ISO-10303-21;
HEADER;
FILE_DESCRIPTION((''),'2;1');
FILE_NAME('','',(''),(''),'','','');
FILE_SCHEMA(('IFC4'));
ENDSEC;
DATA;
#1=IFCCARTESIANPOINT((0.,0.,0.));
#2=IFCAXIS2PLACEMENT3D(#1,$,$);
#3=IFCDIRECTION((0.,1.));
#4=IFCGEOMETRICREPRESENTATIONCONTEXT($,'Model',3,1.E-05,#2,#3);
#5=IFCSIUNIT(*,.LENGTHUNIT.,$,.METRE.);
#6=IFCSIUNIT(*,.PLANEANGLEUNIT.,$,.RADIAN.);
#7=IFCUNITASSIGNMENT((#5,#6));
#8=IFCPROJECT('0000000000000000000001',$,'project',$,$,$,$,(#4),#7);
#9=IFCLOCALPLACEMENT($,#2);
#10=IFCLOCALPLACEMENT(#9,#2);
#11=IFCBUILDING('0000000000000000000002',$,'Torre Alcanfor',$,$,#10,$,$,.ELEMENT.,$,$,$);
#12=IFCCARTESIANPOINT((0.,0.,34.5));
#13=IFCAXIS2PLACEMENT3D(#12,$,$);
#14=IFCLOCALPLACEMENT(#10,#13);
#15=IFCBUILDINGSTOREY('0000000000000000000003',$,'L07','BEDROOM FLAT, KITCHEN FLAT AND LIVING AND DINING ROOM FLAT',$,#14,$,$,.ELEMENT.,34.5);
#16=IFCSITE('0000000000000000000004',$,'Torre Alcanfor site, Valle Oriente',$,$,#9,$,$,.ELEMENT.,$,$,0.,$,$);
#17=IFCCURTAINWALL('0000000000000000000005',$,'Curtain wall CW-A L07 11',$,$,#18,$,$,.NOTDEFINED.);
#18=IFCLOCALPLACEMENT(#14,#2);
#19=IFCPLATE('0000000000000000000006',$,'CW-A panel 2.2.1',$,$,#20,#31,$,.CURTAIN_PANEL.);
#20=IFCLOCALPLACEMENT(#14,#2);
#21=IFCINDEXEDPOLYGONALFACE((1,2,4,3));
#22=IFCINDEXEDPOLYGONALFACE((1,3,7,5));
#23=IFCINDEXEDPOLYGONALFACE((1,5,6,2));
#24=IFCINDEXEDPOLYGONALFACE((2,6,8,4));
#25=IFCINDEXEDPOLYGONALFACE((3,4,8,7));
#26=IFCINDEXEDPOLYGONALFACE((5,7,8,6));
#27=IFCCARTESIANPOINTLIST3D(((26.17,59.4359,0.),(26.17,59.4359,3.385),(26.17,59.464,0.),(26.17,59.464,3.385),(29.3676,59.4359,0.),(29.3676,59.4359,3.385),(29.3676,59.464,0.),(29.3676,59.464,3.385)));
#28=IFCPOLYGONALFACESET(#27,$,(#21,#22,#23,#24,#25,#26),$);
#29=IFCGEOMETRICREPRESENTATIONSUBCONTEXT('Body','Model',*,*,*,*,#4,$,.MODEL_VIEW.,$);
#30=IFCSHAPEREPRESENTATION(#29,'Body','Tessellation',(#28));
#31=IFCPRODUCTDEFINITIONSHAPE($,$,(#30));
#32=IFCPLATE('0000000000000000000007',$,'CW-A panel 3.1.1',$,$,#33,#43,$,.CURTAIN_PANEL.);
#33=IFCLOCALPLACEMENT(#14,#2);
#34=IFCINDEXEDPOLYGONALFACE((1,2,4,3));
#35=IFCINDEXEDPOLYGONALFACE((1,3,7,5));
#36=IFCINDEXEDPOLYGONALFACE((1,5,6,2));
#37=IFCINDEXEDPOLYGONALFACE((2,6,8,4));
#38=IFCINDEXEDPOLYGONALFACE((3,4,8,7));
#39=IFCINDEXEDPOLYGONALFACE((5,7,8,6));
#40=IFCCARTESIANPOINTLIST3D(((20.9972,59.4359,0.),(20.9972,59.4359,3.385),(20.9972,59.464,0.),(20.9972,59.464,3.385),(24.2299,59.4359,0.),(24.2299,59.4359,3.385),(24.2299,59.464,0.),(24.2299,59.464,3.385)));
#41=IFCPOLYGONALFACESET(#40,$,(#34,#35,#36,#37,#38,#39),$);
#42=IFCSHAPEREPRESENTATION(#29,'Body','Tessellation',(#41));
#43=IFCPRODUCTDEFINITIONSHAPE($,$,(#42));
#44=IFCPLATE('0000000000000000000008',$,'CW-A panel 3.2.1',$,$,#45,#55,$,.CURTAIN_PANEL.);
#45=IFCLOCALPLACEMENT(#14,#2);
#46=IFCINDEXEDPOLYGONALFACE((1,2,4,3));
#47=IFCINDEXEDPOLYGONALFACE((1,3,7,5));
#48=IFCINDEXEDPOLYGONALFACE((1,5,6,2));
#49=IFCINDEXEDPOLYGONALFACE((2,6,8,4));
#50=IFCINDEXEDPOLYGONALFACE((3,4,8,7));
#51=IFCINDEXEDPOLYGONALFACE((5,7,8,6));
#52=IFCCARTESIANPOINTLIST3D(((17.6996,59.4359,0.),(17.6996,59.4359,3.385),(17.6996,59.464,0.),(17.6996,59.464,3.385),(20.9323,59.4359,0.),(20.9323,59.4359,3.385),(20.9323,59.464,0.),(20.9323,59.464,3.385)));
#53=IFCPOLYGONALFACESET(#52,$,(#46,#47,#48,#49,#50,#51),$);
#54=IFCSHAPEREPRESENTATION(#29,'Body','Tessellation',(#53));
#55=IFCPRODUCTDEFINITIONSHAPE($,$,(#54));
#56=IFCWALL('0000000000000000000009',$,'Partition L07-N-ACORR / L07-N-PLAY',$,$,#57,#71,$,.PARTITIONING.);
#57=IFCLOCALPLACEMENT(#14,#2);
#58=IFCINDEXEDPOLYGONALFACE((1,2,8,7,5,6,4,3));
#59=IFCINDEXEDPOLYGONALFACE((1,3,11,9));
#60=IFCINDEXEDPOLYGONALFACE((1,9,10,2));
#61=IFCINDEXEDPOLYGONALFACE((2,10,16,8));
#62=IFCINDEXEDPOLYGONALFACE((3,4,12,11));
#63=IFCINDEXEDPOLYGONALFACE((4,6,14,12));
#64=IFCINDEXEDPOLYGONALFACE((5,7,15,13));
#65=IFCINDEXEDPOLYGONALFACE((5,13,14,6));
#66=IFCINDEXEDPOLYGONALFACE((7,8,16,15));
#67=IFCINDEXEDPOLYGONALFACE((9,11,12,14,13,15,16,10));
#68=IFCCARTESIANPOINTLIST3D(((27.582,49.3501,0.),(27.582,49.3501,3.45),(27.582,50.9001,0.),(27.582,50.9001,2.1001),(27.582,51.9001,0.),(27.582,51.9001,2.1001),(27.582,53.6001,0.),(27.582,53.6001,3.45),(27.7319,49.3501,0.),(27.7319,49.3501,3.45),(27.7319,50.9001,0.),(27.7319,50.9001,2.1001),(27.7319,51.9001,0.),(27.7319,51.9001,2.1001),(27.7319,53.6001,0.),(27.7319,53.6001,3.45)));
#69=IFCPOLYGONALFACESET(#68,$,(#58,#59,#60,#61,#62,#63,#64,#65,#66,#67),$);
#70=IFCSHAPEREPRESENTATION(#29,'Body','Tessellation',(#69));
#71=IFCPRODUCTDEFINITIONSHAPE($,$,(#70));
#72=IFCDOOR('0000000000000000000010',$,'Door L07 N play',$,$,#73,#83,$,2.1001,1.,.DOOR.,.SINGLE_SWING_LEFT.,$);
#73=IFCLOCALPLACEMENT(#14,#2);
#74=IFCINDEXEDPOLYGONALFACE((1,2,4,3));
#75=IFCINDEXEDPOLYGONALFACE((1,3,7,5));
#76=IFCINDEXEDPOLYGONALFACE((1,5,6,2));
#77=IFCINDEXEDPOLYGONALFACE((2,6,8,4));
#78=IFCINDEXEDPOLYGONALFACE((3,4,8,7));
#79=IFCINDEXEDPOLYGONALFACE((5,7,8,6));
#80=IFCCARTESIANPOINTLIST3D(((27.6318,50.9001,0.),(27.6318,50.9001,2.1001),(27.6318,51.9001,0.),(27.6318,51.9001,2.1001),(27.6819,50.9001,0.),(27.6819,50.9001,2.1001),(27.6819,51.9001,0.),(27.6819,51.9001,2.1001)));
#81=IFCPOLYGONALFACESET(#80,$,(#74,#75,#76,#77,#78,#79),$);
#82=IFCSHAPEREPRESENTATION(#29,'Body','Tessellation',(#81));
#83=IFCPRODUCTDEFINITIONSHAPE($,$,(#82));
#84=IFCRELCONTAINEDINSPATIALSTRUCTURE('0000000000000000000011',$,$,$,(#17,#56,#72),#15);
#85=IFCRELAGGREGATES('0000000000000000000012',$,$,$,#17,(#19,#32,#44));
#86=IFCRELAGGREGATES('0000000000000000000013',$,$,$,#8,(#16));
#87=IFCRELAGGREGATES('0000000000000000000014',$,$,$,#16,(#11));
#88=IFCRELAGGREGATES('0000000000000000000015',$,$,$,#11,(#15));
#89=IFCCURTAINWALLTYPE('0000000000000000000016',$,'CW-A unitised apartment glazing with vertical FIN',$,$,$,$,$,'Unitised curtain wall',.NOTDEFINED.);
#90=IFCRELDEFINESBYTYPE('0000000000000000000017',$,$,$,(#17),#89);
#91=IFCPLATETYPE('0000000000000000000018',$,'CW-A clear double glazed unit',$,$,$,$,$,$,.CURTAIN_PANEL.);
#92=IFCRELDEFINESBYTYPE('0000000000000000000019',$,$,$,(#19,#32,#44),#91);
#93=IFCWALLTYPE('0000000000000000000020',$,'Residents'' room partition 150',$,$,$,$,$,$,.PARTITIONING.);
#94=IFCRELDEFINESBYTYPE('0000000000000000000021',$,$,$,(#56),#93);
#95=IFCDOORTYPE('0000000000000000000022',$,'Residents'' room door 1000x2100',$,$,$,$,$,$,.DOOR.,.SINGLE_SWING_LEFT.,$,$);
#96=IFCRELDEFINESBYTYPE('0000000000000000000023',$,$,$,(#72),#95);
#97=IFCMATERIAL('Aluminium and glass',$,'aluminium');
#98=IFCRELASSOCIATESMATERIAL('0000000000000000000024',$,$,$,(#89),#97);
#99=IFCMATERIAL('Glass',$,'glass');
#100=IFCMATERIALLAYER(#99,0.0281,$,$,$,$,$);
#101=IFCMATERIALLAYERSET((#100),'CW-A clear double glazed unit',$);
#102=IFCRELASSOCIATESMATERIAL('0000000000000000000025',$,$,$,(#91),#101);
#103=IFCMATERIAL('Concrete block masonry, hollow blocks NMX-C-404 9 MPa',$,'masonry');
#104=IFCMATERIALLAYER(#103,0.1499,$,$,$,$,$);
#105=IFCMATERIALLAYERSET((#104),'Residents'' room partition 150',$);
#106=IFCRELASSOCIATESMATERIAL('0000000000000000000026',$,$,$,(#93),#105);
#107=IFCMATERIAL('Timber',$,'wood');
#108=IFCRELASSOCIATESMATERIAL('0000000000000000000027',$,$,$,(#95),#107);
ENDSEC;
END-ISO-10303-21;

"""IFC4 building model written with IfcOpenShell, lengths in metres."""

from ifc_helpers import new_model, si_unit, direction, frame, frame_2d, origin, origin_2d, place, context, subcontext, project, spatial, rectangle, extrude, material, layer, layer_set, type_object, element, fill, aggregate, save


model = new_model("IFC4")

# Units and contexts
model_context = context("Model", 3, precision=1e-05, world=origin(), true_north=direction((0.0, 1.0)))
body_context = subcontext(model_context, "Body", "Model", "MODEL_VIEW")
ifc_project = project(units=[si_unit("LENGTHUNIT", "METRE"), si_unit("PLANEANGLEUNIT", "RADIAN")], contexts=[model_context])

# Site, building, storey
site_placement = place(None, origin())
site = spatial("IfcSite", under=ifc_project, at=site_placement, Name="Torre Alcanfor site, Valle Oriente", CompositionType="ELEMENT", RefElevation=0.0)
building_placement = place(site_placement, origin())
building = spatial("IfcBuilding", under=site, at=building_placement, Name="Torre Alcanfor", CompositionType="ELEMENT")
storey_placement = place(building_placement, frame((0.0, 0.0, 34.5)))
storey = spatial("IfcBuildingStorey", under=building, at=storey_placement, Name="L07", Description="BEDROOM FLAT, KITCHEN FLAT AND LIVING AND DINING ROOM FLAT", CompositionType="ELEMENT", Elevation=34.5)

# Curtain wall
ifc_material_1 = material(Name="Aluminium and glass", Category="aluminium")
curtain_wall_type = type_object("IfcCurtainWallType", Name="CW-A unitised apartment glazing with vertical FIN", ElementType="Unitised curtain wall", PredefinedType="NOTDEFINED", material=ifc_material_1)
curtain_wall_placement = place(storey_placement, origin())
curtain_wall = element("IfcCurtainWall", 1, at=curtain_wall_placement, inside=storey, type_object=curtain_wall_type, Name="Curtain wall CW-A L07 11", PredefinedType="NOTDEFINED")

# Plates
ifc_material_2 = material(Name="Glass", Category="glass")
ifc_layer_1 = layer(ifc_material_2, 0.0281)
ifc_layer_set_1 = layer_set([ifc_layer_1], Name="CW-A clear double glazed unit")
plate_type = type_object("IfcPlateType", Name="CW-A clear double glazed unit", PredefinedType="CURTAIN_PANEL", material=ifc_layer_set_1)
plate_1_placement = place(storey_placement, frame((27.7688, 59.45, 0.0), z_axis=(0.0, 0.0, 1.0), x_axis=(-1.0, 0.0, 0.0)))
plate_1 = element("IfcPlate", 2, at=plate_1_placement, type_object=plate_type, Name="CW-A panel 2.2.1", PredefinedType="CURTAIN_PANEL", context=body_context, shape_type="SweptSolid", body=[
    extrude(rectangle(XDim=3.1975, YDim=0.0281, at=origin_2d()), origin(), (0.0, 0.0, 1.0), 3.385),
])
plate_2_placement = place(storey_placement, frame((22.6135, 59.45, 0.0), z_axis=(0.0, 0.0, 1.0), x_axis=(-1.0, 0.0, 0.0)))
plate_2 = element("IfcPlate", 3, at=plate_2_placement, type_object=plate_type, Name="CW-A panel 3.1.1", PredefinedType="CURTAIN_PANEL", context=body_context, shape_type="SweptSolid", body=[
    extrude(rectangle(XDim=3.2327, YDim=0.0281, at=origin_2d()), origin(), (0.0, 0.0, 1.0), 3.385),
])
plate_3_placement = place(storey_placement, frame((19.3159, 59.45, 0.0), z_axis=(0.0, 0.0, 1.0), x_axis=(-1.0, 0.0, 0.0)))
plate_3 = element("IfcPlate", 4, at=plate_3_placement, type_object=plate_type, Name="CW-A panel 3.2.1", PredefinedType="CURTAIN_PANEL", context=body_context, shape_type="SweptSolid", body=[
    extrude(rectangle(XDim=3.2327, YDim=0.0281, at=origin_2d()), origin(), (0.0, 0.0, 1.0), 3.385),
])
aggregate(curtain_wall, [plate_1, plate_2, plate_3])

# Wall, opening, door
ifc_material_3 = material(Name="Concrete block masonry, hollow blocks NMX-C-404 9 MPa", Category="masonry")
ifc_layer_2 = layer(ifc_material_3, 0.1499)
ifc_layer_set_2 = layer_set([ifc_layer_2], Name="Residents' room partition 150")
wall_type = type_object("IfcWallType", Name="Residents' room partition 150", PredefinedType="PARTITIONING", material=ifc_layer_set_2)
wall_placement = place(storey_placement, frame((27.657, 53.6001, 0.0), z_axis=(0.0, 0.0, 1.0), x_axis=(0.0, -1.0, 0.0)))
wall = element("IfcWall", 5, at=wall_placement, inside=storey, type_object=wall_type, Name="Partition L07-N-ACORR / L07-N-PLAY", PredefinedType="PARTITIONING", context=body_context, shape_type="SweptSolid", body=[
    extrude(rectangle(XDim=4.25, YDim=0.1499, at=frame_2d((2.125, 0.0))), origin(), (0.0, 0.0, 1.0), 3.45),
])
opening_placement = place(wall_placement, frame((1.7, 0.0, 0.0)))
opening = element("IfcOpeningElement", 6, at=opening_placement, cuts=wall, PredefinedType="OPENING", context=body_context, shape_type="SweptSolid", body=[
    extrude(rectangle(XDim=1.0, YDim=2.1001, at=frame_2d((0.5, 1.05))), frame((0.0, 0.085, 0.0), z_axis=(0.0, -1.0, 0.0), x_axis=(1.0, 0.0, 0.0)), (0.0, 0.0, 1.0), 0.1699),
])
ifc_material_4 = material(Name="Timber", Category="wood")
door_type = type_object("IfcDoorType", Name="Residents' room door 1000x2100", OperationType="SINGLE_SWING_LEFT", PredefinedType="DOOR", material=ifc_material_4)
door_placement = place(opening_placement, frame((1.0, 0.0, 0.0), z_axis=(0.0, 0.0, 1.0), x_axis=(-1.0, 0.0, 0.0)))
door = element("IfcDoor", 7, at=door_placement, inside=storey, type_object=door_type, Name="Door L07 N play", OperationType="SINGLE_SWING_LEFT", OverallHeight=2.1001, OverallWidth=1.0, PredefinedType="DOOR", context=body_context, shape_type="SweptSolid", body=[
    extrude(rectangle(XDim=1.0, YDim=2.1001, at=frame_2d((0.5, 1.05))), frame((0.0, 0.0251, 0.0), z_axis=(0.0, -1.0, 0.0), x_axis=(1.0, 0.0, 0.0)), (0.0, 0.0, 1.0), 0.05),
])
fill(opening, door)

save(model, "model.ifc")
